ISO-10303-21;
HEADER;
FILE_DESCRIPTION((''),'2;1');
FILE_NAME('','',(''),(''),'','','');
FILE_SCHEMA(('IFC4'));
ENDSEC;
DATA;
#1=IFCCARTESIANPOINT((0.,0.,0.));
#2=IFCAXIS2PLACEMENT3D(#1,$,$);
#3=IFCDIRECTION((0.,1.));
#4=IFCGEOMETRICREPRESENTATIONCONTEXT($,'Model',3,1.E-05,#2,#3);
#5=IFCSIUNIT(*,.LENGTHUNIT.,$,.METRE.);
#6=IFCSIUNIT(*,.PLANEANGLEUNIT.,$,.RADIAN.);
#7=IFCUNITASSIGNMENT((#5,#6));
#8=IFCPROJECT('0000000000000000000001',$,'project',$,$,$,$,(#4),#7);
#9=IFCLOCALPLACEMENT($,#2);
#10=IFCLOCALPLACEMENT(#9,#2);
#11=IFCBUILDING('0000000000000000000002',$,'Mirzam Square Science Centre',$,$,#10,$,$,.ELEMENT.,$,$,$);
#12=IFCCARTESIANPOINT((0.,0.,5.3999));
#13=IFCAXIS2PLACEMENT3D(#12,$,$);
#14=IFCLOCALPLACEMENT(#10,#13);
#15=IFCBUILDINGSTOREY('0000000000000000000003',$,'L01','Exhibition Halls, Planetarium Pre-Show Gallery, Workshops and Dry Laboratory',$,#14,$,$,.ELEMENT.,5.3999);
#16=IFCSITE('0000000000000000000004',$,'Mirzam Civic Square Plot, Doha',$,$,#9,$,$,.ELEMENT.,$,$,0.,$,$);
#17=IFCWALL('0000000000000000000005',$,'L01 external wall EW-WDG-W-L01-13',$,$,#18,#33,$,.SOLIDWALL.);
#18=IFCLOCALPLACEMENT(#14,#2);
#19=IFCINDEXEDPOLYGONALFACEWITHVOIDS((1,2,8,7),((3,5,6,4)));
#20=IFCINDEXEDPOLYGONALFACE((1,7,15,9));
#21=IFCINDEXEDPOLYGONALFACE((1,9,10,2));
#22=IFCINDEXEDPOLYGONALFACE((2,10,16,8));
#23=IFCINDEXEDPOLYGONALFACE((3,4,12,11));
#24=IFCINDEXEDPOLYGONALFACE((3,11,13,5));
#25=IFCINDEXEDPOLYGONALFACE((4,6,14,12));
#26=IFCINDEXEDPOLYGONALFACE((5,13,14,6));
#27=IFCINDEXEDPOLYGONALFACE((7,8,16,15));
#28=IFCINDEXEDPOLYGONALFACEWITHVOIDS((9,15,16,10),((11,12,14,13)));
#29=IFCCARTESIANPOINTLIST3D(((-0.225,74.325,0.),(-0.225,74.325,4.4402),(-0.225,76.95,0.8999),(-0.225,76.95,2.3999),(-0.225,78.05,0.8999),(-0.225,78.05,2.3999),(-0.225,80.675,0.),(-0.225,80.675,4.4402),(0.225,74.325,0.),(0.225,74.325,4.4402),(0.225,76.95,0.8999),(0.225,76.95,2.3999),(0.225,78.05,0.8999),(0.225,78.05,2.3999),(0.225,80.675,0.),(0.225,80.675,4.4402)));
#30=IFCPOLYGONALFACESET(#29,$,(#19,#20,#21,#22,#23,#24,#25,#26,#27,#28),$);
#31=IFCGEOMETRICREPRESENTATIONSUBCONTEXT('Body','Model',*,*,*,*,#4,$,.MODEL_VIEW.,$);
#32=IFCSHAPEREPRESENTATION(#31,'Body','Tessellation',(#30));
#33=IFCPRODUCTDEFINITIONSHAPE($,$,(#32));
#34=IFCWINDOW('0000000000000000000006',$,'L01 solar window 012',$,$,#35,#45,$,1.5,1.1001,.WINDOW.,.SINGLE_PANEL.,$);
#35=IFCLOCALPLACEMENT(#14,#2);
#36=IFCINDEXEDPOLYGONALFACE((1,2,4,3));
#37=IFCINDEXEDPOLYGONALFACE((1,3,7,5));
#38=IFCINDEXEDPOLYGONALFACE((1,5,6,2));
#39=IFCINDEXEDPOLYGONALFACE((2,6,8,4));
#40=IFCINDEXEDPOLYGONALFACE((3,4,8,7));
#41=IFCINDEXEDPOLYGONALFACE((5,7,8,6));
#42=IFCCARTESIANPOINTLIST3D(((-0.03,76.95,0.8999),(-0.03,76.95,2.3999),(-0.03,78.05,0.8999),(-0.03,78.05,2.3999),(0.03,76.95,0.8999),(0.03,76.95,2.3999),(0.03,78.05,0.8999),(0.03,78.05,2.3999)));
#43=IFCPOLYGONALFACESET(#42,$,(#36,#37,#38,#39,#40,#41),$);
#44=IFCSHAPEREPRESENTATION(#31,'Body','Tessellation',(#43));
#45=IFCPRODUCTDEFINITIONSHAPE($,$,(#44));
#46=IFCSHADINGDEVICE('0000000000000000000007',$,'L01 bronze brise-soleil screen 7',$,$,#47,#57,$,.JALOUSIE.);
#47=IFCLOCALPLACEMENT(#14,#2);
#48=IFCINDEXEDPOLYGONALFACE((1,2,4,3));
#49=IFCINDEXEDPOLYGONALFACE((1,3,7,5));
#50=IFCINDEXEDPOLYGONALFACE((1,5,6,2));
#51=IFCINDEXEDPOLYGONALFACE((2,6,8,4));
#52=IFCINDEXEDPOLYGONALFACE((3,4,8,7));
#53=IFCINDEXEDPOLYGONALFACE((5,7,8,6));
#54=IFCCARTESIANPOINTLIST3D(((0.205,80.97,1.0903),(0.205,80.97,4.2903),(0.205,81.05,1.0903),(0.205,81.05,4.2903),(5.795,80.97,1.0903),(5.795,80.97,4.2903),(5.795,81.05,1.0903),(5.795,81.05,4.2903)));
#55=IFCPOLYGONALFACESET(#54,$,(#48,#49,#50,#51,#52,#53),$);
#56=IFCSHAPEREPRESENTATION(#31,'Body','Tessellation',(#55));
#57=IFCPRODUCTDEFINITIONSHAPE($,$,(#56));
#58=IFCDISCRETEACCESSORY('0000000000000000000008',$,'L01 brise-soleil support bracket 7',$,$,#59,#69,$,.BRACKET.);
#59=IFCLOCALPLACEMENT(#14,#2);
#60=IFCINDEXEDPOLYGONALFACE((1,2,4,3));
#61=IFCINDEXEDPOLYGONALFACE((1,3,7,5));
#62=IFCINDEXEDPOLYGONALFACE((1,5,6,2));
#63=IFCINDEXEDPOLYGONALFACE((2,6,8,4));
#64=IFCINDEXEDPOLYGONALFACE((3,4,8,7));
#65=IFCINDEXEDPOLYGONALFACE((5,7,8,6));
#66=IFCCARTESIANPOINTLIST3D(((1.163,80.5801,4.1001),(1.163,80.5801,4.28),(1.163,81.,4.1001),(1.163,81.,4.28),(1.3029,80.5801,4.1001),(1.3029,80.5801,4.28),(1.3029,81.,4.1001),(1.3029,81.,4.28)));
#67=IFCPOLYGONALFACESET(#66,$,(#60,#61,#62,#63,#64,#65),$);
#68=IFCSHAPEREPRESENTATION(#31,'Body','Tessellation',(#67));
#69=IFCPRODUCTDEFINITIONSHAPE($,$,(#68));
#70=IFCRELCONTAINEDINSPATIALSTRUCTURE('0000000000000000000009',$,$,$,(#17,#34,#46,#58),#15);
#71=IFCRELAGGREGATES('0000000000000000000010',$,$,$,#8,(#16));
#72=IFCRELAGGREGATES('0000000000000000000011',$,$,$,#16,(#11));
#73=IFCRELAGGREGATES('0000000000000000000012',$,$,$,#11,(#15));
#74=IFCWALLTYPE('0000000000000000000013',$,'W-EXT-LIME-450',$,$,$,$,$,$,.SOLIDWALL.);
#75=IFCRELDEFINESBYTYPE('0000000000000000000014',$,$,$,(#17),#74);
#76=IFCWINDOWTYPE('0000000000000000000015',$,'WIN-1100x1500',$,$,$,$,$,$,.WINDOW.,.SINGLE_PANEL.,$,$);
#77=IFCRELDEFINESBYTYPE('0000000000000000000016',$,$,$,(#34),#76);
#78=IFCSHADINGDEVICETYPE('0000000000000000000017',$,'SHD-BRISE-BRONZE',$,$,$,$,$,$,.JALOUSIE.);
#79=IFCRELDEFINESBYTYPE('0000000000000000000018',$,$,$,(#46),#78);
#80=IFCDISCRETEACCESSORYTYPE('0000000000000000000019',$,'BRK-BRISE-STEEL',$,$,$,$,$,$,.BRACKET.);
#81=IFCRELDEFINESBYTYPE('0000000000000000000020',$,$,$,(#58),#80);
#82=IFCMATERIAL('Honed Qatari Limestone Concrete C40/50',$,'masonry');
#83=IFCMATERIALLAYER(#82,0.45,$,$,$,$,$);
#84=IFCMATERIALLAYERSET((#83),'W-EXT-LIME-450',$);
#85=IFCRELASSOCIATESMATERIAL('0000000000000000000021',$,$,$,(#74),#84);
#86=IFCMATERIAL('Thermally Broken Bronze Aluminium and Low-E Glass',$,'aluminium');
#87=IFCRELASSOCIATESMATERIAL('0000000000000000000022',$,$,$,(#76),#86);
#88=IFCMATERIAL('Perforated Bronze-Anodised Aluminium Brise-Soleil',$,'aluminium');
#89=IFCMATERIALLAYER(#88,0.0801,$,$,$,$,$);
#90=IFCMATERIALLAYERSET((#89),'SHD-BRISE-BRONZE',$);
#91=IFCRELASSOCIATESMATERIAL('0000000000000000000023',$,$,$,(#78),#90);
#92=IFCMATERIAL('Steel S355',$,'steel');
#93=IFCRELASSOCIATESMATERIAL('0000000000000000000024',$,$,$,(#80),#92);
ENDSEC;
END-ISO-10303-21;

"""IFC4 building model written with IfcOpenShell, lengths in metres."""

from ifc_helpers import new_model, si_unit, direction, frame, frame_2d, origin, origin_2d, place, context, subcontext, project, spatial, rectangle, extrude, material, layer, layer_set, type_object, element, fill, save


model = new_model("IFC4")

# Units and contexts
model_context = context("Model", 3, precision=1e-05, world=origin(), true_north=direction((0.0, 1.0)))
body_context = subcontext(model_context, "Body", "Model", "MODEL_VIEW")
ifc_project = project(units=[si_unit("LENGTHUNIT", "METRE"), si_unit("PLANEANGLEUNIT", "RADIAN")], contexts=[model_context])

# Site, building, storey
site_placement = place(None, origin())
site = spatial("IfcSite", under=ifc_project, at=site_placement, Name="Mirzam Civic Square Plot, Doha", CompositionType="ELEMENT", RefElevation=0.0)
building_placement = place(site_placement, origin())
building = spatial("IfcBuilding", under=site, at=building_placement, Name="Mirzam Square Science Centre", CompositionType="ELEMENT")
storey_placement = place(building_placement, frame((0.0, 0.0, 5.3999)))
storey = spatial("IfcBuildingStorey", under=building, at=storey_placement, Name="L01", Description="Exhibition Halls, Planetarium Pre-Show Gallery, Workshops and Dry Laboratory", CompositionType="ELEMENT", Elevation=5.3999)

# Shared definitions
ifc_material_1 = material(Name="Steel S355", Category="steel")

# Wall, opening, window
ifc_material_2 = material(Name="Honed Qatari Limestone Concrete C40/50", Category="masonry")
ifc_layer_1 = layer(ifc_material_2, 0.45)
ifc_layer_set_1 = layer_set([ifc_layer_1], Name="W-EXT-LIME-450")
wall_type = type_object("IfcWallType", Name="W-EXT-LIME-450", PredefinedType="SOLIDWALL", material=ifc_layer_set_1)
wall_placement = place(storey_placement, frame((0.0, 80.675, 0.0), z_axis=(0.0, 0.0, 1.0), x_axis=(0.0, -1.0, 0.0)))
wall = element("IfcWall", 1, at=wall_placement, inside=storey, type_object=wall_type, Name="L01 external wall EW-WDG-W-L01-13", PredefinedType="SOLIDWALL", context=body_context, shape_type="SweptSolid", body=[
    extrude(rectangle(XDim=6.3501, YDim=0.45, at=frame_2d((3.175, 0.0))), origin(), (0.0, 0.0, 1.0), 4.4402),
])
opening_placement = place(wall_placement, frame((2.625, 0.0, 0.8999)))
opening = element("IfcOpeningElement", 2, at=opening_placement, cuts=wall, PredefinedType="OPENING", context=body_context, shape_type="SweptSolid", body=[
    extrude(rectangle(XDim=1.1001, YDim=1.5, at=frame_2d((0.55, 0.75))), frame((0.0, 0.2349, 0.0), z_axis=(0.0, -1.0, 0.0), x_axis=(1.0, 0.0, 0.0)), (0.0, 0.0, 1.0), 0.47),
])
ifc_material_3 = material(Name="Thermally Broken Bronze Aluminium and Low-E Glass", Category="aluminium")
window_type = type_object("IfcWindowType", Name="WIN-1100x1500", PartitioningType="SINGLE_PANEL", PredefinedType="WINDOW", material=ifc_material_3)
window_placement = place(opening_placement, origin())
window = element("IfcWindow", 3, at=window_placement, inside=storey, type_object=window_type, Name="L01 solar window 012", OverallHeight=1.5, OverallWidth=1.1001, PartitioningType="SINGLE_PANEL", PredefinedType="WINDOW", context=body_context, shape_type="SweptSolid", body=[
    extrude(rectangle(XDim=1.1001, YDim=1.5, at=frame_2d((0.55, 0.75))), frame((0.0, 0.03, 0.0), z_axis=(0.0, -1.0, 0.0), x_axis=(1.0, 0.0, 0.0)), (0.0, 0.0, 1.0), 0.0601),
])
fill(opening, window)

# Shading device
ifc_material_4 = material(Name="Perforated Bronze-Anodised Aluminium Brise-Soleil", Category="aluminium")
ifc_layer_2 = layer(ifc_material_4, 0.0801)
ifc_layer_set_2 = layer_set([ifc_layer_2], Name="SHD-BRISE-BRONZE")
shading_device_type = type_object("IfcShadingDeviceType", Name="SHD-BRISE-BRONZE", PredefinedType="JALOUSIE", material=ifc_layer_set_2)
shading_device_placement = place(storey_placement, frame((3.0, 81.01, 1.0903), z_axis=(0.0, 0.0, 1.0), x_axis=(-1.0, 0.0, 0.0)))
element("IfcShadingDevice", 4, at=shading_device_placement, inside=storey, type_object=shading_device_type, Name="L01 bronze brise-soleil screen 7", PredefinedType="JALOUSIE", context=body_context, shape_type="SweptSolid", body=[
    extrude(rectangle(XDim=5.5901, YDim=0.0801, at=origin_2d()), origin(), (0.0, 0.0, 1.0), 3.2),
])

# Discrete accessory
discrete_accessory_type = type_object("IfcDiscreteAccessoryType", Name="BRK-BRISE-STEEL", PredefinedType="BRACKET", material=ifc_material_1)
discrete_accessory_placement = place(storey_placement, frame((1.2329, 80.79, 4.1001), z_axis=(0.0, 0.0, 1.0), x_axis=(-1.0, 0.0, 0.0)))
element("IfcDiscreteAccessory", 5, at=discrete_accessory_placement, inside=storey, type_object=discrete_accessory_type, Name="L01 brise-soleil support bracket 7", PredefinedType="BRACKET", context=body_context, shape_type="SweptSolid", body=[
    extrude(rectangle(XDim=0.1399, YDim=0.4199, at=origin_2d()), origin(), (0.0, 0.0, 1.0), 0.1799),
])

save(model, "model.ifc")
